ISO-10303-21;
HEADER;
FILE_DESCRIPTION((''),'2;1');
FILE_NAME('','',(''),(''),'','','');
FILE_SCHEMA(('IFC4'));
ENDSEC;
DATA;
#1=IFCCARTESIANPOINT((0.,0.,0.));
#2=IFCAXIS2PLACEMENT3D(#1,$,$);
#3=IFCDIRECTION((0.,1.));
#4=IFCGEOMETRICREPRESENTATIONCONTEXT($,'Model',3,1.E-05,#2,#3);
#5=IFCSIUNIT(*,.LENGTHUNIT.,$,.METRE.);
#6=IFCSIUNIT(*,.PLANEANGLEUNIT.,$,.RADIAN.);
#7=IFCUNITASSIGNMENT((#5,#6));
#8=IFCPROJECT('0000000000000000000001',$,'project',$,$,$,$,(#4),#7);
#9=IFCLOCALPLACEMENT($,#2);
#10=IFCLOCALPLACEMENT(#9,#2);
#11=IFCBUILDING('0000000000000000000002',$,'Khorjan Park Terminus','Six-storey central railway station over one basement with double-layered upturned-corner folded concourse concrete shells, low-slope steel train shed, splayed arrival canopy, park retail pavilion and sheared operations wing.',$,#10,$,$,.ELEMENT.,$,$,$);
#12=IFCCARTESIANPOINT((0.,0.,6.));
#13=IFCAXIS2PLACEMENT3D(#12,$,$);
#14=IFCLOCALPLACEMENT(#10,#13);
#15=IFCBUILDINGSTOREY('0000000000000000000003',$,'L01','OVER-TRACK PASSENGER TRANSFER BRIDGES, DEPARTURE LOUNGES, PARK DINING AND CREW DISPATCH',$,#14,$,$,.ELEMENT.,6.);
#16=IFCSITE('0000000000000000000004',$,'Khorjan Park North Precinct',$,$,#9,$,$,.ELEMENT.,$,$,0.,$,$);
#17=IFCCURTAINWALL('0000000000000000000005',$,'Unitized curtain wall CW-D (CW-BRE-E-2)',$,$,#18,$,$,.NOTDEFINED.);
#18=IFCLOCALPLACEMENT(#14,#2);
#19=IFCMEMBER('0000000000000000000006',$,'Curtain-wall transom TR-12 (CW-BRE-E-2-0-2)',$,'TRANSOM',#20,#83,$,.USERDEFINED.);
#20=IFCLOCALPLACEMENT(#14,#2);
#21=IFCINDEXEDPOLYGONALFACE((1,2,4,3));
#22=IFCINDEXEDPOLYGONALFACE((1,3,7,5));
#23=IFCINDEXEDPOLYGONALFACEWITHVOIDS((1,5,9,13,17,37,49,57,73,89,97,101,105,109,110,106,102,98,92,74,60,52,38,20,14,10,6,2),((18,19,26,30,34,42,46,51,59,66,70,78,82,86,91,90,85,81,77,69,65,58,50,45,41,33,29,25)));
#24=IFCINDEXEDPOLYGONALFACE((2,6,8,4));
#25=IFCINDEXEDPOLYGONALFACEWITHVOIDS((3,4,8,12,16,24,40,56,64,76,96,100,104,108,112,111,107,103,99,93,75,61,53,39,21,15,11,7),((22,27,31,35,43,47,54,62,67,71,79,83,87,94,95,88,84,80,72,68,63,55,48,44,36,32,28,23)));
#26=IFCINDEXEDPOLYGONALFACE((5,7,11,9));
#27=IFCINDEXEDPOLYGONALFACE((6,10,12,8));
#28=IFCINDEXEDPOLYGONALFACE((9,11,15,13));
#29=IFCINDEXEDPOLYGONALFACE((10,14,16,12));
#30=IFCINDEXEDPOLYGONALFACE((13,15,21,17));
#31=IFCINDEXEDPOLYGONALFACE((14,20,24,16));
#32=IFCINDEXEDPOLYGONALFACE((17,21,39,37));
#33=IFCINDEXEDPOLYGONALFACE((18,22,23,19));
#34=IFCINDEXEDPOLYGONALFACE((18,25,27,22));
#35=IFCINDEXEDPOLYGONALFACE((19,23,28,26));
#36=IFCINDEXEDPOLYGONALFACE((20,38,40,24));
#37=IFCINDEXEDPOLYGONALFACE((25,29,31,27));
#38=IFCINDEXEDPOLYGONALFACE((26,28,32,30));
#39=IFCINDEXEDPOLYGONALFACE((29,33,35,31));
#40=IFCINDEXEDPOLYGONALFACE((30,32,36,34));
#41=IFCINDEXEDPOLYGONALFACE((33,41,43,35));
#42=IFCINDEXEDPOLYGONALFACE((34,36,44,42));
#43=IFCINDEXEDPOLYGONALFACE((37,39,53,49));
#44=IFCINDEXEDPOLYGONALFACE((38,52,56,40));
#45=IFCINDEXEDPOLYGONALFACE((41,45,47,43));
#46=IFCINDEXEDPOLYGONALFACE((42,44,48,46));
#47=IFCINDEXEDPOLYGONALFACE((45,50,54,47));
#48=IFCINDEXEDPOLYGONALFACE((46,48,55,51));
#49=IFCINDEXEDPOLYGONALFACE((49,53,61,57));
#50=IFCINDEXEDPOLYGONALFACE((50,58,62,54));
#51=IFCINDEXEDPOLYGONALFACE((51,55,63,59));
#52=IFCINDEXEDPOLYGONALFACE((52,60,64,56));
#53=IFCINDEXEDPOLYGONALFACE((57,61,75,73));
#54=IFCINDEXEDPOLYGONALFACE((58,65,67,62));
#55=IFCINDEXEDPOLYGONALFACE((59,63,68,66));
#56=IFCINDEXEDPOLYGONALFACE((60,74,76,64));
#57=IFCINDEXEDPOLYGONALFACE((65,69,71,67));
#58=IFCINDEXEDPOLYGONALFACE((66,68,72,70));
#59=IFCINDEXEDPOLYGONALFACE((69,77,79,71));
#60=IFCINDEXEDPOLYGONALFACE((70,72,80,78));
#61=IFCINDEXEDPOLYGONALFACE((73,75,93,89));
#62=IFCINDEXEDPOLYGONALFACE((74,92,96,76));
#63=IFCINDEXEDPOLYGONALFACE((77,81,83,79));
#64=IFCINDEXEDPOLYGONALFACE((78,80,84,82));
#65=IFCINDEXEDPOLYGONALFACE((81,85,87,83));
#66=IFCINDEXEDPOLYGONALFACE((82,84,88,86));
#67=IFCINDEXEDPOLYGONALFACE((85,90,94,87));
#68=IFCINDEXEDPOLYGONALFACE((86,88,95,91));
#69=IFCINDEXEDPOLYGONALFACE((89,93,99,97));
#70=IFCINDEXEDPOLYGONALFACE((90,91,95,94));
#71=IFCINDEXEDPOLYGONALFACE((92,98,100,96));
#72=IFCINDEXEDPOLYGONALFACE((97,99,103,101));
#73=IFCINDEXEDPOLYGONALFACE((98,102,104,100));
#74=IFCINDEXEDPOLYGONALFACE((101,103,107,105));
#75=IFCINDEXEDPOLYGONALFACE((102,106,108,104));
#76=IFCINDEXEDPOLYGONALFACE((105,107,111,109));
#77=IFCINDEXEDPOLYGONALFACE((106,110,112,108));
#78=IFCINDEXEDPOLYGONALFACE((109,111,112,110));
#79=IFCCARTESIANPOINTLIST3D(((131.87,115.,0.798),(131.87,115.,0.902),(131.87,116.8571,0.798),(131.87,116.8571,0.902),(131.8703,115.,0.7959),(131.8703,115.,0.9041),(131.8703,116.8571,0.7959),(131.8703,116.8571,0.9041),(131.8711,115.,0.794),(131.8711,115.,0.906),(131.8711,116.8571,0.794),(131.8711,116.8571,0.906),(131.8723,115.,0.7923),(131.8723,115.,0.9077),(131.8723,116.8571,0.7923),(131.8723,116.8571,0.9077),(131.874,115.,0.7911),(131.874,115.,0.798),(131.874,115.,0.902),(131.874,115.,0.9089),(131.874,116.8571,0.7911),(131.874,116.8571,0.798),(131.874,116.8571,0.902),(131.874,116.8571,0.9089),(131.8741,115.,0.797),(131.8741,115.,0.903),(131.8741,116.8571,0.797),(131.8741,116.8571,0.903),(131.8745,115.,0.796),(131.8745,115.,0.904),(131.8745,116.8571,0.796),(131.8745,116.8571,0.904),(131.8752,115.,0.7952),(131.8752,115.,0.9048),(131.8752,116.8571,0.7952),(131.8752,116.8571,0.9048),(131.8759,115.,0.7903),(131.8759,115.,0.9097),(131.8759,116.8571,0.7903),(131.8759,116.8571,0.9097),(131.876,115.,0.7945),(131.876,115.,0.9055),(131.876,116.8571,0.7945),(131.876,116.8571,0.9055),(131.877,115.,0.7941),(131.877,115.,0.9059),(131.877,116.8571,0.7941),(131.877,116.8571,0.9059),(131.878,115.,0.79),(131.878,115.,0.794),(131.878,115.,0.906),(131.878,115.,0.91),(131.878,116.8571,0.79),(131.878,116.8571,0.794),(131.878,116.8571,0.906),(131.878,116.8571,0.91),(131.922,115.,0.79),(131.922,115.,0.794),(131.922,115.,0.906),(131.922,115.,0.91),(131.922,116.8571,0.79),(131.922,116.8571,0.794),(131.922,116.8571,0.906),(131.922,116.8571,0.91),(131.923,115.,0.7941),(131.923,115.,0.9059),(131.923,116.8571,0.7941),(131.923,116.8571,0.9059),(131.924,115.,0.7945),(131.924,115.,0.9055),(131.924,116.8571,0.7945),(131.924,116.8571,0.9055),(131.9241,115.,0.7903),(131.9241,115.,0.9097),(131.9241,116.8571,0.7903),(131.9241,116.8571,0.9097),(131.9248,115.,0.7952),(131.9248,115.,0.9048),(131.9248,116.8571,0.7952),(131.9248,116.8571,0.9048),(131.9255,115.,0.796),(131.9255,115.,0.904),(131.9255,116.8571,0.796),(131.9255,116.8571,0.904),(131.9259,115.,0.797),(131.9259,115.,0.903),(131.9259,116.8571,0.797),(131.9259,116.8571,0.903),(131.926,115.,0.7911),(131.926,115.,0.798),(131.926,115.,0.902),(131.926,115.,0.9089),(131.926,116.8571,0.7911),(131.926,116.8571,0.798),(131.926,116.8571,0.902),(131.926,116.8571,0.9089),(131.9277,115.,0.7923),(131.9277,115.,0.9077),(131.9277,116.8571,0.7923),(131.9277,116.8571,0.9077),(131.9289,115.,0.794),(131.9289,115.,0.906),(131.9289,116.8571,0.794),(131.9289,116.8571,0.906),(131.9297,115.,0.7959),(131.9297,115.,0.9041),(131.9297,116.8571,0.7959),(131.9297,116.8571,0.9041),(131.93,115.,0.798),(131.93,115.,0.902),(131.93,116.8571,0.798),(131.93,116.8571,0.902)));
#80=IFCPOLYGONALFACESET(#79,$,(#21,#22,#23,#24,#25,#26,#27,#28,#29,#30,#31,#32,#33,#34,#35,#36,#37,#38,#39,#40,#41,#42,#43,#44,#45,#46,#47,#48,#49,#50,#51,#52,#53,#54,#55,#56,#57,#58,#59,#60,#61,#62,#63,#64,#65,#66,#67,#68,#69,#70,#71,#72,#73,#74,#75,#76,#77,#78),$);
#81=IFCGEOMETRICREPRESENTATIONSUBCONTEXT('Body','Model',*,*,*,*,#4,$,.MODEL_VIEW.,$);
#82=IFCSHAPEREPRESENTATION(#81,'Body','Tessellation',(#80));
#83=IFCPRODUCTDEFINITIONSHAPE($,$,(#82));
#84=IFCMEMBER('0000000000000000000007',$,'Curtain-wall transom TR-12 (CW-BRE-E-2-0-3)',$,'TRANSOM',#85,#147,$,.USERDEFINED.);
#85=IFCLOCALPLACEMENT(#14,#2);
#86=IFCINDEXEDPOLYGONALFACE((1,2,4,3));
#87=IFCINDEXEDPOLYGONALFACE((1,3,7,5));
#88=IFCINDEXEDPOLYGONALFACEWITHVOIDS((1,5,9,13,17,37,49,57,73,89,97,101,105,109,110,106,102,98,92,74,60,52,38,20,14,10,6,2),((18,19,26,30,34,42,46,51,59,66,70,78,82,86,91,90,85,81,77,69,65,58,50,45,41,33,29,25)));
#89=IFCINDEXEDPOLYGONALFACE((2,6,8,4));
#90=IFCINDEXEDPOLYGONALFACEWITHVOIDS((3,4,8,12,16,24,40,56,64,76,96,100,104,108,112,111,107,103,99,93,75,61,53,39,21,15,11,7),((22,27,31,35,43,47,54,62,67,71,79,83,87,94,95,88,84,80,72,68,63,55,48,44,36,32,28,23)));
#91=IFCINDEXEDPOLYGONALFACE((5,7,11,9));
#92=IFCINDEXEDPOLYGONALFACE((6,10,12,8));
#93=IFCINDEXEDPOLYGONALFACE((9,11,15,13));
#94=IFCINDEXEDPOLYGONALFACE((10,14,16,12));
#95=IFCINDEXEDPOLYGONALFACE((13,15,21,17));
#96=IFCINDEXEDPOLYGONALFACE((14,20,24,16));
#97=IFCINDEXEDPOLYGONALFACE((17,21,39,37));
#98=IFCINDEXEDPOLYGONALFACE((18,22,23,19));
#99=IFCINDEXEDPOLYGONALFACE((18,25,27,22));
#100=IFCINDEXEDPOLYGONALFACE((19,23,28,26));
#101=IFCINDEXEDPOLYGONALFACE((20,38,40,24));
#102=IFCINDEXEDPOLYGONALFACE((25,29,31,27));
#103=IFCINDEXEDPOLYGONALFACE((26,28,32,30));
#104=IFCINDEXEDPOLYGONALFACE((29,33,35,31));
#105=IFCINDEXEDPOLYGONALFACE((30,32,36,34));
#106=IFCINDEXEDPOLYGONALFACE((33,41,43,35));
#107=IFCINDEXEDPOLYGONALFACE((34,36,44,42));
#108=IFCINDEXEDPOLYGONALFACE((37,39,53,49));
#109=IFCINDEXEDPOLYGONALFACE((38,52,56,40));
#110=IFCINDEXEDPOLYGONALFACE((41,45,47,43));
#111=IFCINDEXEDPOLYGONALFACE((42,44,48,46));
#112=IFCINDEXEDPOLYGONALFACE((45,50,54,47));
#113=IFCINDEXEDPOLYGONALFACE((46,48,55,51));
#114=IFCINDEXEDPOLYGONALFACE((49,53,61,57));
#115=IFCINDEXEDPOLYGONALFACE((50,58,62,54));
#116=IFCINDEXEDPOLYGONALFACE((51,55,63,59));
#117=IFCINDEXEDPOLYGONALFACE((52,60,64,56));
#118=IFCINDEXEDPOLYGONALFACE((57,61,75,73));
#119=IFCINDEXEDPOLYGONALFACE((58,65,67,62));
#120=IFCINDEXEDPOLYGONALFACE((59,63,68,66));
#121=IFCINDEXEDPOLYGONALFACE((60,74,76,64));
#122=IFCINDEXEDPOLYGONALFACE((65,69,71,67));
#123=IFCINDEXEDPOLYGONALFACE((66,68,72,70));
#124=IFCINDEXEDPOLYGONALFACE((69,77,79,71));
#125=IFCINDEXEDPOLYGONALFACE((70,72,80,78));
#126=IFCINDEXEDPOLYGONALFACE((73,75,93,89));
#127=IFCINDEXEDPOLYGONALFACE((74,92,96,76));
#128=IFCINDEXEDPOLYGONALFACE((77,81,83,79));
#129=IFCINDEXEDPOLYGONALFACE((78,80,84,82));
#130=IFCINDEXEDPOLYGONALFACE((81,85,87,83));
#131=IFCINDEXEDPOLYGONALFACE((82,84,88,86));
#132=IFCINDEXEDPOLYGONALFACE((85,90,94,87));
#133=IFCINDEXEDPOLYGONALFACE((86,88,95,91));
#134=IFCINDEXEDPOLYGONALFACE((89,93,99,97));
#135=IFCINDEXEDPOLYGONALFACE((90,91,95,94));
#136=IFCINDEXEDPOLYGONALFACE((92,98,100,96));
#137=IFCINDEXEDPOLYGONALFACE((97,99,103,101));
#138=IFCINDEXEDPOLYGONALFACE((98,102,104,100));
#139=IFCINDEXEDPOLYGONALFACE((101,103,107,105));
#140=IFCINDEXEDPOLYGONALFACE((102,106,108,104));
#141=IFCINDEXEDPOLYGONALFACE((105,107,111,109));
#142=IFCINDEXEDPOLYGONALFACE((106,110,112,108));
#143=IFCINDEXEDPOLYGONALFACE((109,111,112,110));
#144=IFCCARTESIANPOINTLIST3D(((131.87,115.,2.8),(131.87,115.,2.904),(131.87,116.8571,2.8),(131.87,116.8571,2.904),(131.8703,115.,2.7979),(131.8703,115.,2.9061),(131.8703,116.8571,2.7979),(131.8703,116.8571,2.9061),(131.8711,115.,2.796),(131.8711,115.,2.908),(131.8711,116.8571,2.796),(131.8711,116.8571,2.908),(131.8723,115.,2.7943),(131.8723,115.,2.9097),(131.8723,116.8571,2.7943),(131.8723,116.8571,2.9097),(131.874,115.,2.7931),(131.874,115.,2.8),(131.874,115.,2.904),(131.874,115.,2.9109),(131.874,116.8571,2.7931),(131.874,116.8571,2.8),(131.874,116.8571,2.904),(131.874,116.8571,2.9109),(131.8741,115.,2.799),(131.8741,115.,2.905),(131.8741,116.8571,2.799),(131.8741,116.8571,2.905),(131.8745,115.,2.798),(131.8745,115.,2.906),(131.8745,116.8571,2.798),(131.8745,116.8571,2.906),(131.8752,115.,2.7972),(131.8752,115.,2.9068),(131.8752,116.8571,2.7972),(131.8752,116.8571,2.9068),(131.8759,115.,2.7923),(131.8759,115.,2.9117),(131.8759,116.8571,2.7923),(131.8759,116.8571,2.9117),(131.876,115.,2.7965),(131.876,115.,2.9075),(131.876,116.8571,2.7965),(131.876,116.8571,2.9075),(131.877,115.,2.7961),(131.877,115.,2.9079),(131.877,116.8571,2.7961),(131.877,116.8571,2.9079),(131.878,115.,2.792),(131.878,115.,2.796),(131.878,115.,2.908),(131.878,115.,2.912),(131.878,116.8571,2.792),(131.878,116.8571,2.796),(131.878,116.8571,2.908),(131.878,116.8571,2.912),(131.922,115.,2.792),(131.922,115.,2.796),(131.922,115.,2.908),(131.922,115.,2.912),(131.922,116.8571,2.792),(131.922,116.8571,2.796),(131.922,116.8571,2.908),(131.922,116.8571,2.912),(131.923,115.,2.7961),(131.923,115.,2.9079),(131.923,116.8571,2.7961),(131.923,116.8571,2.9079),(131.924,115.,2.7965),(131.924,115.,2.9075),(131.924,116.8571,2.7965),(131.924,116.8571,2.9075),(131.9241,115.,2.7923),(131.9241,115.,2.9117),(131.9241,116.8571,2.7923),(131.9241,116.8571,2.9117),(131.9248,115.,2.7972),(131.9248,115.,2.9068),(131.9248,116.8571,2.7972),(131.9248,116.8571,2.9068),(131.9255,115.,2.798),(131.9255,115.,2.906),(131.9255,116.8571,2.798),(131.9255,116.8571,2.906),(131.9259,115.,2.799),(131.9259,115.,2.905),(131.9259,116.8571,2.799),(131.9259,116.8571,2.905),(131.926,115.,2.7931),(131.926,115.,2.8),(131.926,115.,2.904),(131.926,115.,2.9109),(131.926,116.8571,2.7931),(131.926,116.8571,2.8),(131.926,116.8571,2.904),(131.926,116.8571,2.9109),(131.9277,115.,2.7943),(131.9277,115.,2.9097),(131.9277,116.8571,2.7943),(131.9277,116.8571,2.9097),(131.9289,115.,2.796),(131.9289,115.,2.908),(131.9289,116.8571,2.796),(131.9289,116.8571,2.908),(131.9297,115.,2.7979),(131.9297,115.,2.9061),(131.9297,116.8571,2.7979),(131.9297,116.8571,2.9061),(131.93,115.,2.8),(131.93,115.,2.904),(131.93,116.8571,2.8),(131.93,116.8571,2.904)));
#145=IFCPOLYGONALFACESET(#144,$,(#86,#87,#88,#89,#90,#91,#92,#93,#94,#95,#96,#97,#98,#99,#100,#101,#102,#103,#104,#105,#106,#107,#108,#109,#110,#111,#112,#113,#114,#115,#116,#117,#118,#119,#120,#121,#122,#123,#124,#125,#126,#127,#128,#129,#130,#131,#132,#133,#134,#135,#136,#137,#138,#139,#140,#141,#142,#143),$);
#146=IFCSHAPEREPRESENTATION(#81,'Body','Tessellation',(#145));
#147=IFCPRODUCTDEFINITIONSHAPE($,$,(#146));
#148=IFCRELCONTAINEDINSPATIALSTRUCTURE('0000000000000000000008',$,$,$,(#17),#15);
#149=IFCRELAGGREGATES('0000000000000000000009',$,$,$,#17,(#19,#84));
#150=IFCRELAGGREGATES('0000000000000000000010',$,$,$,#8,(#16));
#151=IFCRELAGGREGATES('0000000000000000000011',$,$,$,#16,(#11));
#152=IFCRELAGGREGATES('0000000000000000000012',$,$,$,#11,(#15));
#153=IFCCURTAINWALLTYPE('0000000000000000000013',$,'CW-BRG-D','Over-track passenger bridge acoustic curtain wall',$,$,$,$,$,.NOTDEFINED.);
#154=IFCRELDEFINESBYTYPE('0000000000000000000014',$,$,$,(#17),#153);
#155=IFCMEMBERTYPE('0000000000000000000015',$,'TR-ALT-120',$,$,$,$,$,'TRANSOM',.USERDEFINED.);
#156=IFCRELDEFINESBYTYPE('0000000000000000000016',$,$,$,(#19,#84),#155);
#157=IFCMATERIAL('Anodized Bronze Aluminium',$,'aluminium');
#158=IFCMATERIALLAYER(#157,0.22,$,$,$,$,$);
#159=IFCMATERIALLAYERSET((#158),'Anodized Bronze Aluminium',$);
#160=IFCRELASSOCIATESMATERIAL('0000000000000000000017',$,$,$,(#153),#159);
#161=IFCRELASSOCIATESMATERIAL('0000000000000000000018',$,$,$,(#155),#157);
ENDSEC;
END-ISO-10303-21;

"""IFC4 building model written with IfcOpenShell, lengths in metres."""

from ifc_helpers import new_model, si_unit, direction, frame, origin, origin_2d, place, context, subcontext, project, spatial, hollow_rectangle, extrude, material, layer, layer_set, material_profile, profile_set, type_object, element, aggregate, save


model = new_model("IFC4")

# Units and contexts
model_context = context("Model", 3, precision=1e-05, world=origin(), true_north=direction((0.0, 1.0)))
body_context = subcontext(model_context, "Body", "Model", "MODEL_VIEW")
ifc_project = project(units=[si_unit("LENGTHUNIT", "METRE"), si_unit("PLANEANGLEUNIT", "RADIAN")], contexts=[model_context])

# Site, building, storey
site_placement = place(None, origin())
site = spatial("IfcSite", under=ifc_project, at=site_placement, Name="Khorjan Park North Precinct", CompositionType="ELEMENT", RefElevation=0.0)
building_placement = place(site_placement, origin())
building = spatial("IfcBuilding", under=site, at=building_placement, Name="Khorjan Park Terminus", Description="Six-storey central railway station over one basement with double-layered upturned-corner folded concourse concrete shells, low-slope steel train shed, splayed arrival canopy, park retail pavilion and sheared operations wing.", CompositionType="ELEMENT")
storey_placement = place(building_placement, frame((0.0, 0.0, 6.0)))
storey = spatial("IfcBuildingStorey", under=building, at=storey_placement, Name="L01", Description="OVER-TRACK PASSENGER TRANSFER BRIDGES, DEPARTURE LOUNGES, PARK DINING AND CREW DISPATCH", CompositionType="ELEMENT", Elevation=6.0)

# Curtain wall, members
ifc_material_1 = material(Name="Anodized Bronze Aluminium", Category="aluminium")
ifc_layer_1 = layer(ifc_material_1, 0.22)
ifc_layer_set_1 = layer_set([ifc_layer_1], Name="Anodized Bronze Aluminium")
curtain_wall_type = type_object("IfcCurtainWallType", Name="CW-BRG-D", Description="Over-track passenger bridge acoustic curtain wall", PredefinedType="NOTDEFINED", material=ifc_layer_set_1)
curtain_wall_placement = place(storey_placement, origin())
curtain_wall = element("IfcCurtainWall", 1, at=curtain_wall_placement, inside=storey, type_object=curtain_wall_type, Name="Unitized curtain wall CW-D (CW-BRE-E-2)", PredefinedType="NOTDEFINED")
ifc_material_profile_1 = material_profile(ifc_material_1, hollow_rectangle(XDim=0.06, YDim=0.12, WallThickness=0.004, InnerFilletRadius=0.004, OuterFilletRadius=0.008, at=origin_2d()), Name="ALT 60x120x4")
ifc_profile_set_1 = profile_set([ifc_material_profile_1], Name="Anodized Bronze Aluminium")
member_type_1 = type_object("IfcMemberType", Name="TR-ALT-120", ElementType="TRANSOM", PredefinedType="USERDEFINED", material=ifc_profile_set_1)
member_1_placement = place(storey_placement, frame((131.9, 115.0, 0.85), z_axis=(0.0, 1.0, 0.0), x_axis=(-1.0, 0.0, 0.0)))
member_1 = element("IfcMember", 2, at=member_1_placement, type_object=member_type_1, Name="Curtain-wall transom TR-12 (CW-BRE-E-2-0-2)", ObjectType="TRANSOM", PredefinedType="USERDEFINED", context=body_context, shape_type="SweptSolid", body=[
    extrude(hollow_rectangle(XDim=0.06, YDim=0.12, WallThickness=0.004, InnerFilletRadius=0.004, OuterFilletRadius=0.008, at=origin_2d()), origin(), (0.0, 0.0, 1.0), 1.8571),
])
member_2_placement = place(storey_placement, frame((131.9, 115.0, 2.852), z_axis=(0.0, 1.0, 0.0), x_axis=(-1.0, 0.0, 0.0)))
member_2 = element("IfcMember", 3, at=member_2_placement, type_object=member_type_1, Name="Curtain-wall transom TR-12 (CW-BRE-E-2-0-3)", ObjectType="TRANSOM", PredefinedType="USERDEFINED", context=body_context, shape_type="SweptSolid", body=[
    extrude(hollow_rectangle(XDim=0.06, YDim=0.12, WallThickness=0.004, InnerFilletRadius=0.004, OuterFilletRadius=0.008, at=origin_2d()), origin(), (0.0, 0.0, 1.0), 1.8571),
])
aggregate(curtain_wall, [member_1, member_2])

save(model, "model.ifc")
